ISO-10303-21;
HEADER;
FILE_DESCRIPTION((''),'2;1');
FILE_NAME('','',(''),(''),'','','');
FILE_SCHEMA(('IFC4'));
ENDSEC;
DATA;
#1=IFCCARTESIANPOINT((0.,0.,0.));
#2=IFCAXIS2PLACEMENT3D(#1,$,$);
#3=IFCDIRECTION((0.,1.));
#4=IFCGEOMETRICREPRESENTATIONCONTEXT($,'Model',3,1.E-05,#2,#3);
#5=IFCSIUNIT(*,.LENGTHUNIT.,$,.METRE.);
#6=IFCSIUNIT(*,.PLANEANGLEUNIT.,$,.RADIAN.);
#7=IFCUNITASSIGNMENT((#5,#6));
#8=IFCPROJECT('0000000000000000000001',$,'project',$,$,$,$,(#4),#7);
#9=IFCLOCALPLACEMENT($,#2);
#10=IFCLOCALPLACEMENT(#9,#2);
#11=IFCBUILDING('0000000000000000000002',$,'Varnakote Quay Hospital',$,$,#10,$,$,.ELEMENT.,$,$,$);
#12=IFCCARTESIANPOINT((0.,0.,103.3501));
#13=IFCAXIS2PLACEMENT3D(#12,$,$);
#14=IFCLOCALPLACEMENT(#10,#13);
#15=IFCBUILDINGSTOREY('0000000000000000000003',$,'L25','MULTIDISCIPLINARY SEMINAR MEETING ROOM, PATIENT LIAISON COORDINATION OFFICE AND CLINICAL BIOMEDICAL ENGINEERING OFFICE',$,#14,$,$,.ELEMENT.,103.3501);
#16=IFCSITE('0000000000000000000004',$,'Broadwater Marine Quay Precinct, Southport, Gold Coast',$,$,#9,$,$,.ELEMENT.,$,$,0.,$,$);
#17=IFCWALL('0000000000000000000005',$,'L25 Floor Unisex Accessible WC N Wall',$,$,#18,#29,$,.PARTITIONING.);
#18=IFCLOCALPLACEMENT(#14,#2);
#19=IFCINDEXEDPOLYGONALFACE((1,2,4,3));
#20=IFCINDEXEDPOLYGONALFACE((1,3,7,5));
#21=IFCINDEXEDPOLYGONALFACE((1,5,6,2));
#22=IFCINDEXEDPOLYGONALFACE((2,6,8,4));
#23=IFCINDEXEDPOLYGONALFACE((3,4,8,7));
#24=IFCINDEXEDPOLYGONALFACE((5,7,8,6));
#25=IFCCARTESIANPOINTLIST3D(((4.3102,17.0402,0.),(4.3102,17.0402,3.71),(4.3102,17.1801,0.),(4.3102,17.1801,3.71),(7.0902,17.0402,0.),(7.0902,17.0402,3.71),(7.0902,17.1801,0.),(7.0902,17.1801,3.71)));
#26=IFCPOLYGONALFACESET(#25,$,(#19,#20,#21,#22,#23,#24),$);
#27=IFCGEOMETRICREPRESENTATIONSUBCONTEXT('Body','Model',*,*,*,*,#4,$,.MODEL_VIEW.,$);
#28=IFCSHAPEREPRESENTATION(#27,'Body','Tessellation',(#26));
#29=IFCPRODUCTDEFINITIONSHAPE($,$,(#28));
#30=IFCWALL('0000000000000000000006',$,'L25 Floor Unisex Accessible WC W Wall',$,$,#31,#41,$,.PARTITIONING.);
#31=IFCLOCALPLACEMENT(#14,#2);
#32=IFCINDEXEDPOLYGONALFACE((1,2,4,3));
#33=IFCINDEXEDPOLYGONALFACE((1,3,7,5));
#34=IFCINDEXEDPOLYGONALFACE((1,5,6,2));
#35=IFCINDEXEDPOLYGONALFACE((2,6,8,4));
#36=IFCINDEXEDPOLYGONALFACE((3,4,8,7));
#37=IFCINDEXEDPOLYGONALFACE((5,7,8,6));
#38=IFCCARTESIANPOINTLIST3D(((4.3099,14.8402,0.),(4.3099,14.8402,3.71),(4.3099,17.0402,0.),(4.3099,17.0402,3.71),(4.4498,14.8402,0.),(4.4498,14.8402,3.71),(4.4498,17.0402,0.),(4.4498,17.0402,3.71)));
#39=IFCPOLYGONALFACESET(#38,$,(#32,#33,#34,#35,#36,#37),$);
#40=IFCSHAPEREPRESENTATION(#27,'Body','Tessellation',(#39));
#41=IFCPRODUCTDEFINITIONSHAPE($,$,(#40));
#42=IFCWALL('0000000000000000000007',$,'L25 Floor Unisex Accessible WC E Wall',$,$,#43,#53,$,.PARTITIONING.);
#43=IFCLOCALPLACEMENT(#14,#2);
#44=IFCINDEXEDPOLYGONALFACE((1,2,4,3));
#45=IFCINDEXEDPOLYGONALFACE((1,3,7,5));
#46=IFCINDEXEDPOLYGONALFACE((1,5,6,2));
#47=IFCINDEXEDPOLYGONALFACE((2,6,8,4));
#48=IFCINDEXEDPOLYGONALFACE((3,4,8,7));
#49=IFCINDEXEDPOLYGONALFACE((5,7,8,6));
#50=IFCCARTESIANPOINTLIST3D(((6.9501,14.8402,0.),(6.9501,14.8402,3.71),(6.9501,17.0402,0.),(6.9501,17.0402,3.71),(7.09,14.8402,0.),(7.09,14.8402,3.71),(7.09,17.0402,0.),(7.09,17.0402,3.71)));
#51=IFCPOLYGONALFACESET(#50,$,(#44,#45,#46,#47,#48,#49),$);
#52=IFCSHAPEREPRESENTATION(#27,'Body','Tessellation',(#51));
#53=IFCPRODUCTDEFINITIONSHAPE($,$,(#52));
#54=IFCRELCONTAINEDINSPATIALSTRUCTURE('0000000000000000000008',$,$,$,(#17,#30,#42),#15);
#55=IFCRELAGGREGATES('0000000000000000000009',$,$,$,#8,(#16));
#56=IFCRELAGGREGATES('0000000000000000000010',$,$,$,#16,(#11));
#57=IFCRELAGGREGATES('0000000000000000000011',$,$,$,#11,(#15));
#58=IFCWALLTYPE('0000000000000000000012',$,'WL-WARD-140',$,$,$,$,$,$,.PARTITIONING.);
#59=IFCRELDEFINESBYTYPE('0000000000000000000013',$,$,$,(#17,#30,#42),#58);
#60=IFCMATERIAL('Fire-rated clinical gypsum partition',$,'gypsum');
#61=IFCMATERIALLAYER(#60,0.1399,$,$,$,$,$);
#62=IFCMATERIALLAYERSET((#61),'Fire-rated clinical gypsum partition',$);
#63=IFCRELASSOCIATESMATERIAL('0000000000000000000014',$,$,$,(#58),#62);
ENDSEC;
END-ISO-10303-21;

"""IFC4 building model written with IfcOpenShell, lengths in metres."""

from ifc_helpers import new_model, si_unit, direction, frame, frame_2d, origin, place, context, subcontext, project, spatial, rectangle, extrude, material, layer, layer_set, type_object, element, save


model = new_model("IFC4")

# Units and contexts
model_context = context("Model", 3, precision=1e-05, world=origin(), true_north=direction((0.0, 1.0)))
body_context = subcontext(model_context, "Body", "Model", "MODEL_VIEW")
ifc_project = project(units=[si_unit("LENGTHUNIT", "METRE"), si_unit("PLANEANGLEUNIT", "RADIAN")], contexts=[model_context])

# Site, building, storey
site_placement = place(None, origin())
site = spatial("IfcSite", under=ifc_project, at=site_placement, Name="Broadwater Marine Quay Precinct, Southport, Gold Coast", CompositionType="ELEMENT", RefElevation=0.0)
building_placement = place(site_placement, origin())
building = spatial("IfcBuilding", under=site, at=building_placement, Name="Varnakote Quay Hospital", CompositionType="ELEMENT")
storey_placement = place(building_placement, frame((0.0, 0.0, 103.3501)))
storey = spatial("IfcBuildingStorey", under=building, at=storey_placement, Name="L25", Description="MULTIDISCIPLINARY SEMINAR MEETING ROOM, PATIENT LIAISON COORDINATION OFFICE AND CLINICAL BIOMEDICAL ENGINEERING OFFICE", CompositionType="ELEMENT", Elevation=103.3501)

# Shared definitions
ifc_material_1 = material(Name="Fire-rated clinical gypsum partition", Category="gypsum")
ifc_layer_1 = layer(ifc_material_1, 0.1399)
ifc_layer_set_1 = layer_set([ifc_layer_1], Name="Fire-rated clinical gypsum partition")
wall_type_1 = type_object("IfcWallType", Name="WL-WARD-140", PredefinedType="PARTITIONING", material=ifc_layer_set_1)

# Walls
wall_1_placement = place(storey_placement, frame((4.3101, 17.1101, 0.0), z_axis=(0.0, 0.0, 1.0), x_axis=(1.0, 0.0, 0.0)))
element("IfcWall", 1, at=wall_1_placement, inside=storey, type_object=wall_type_1, Name="L25 Floor Unisex Accessible WC N Wall", PredefinedType="PARTITIONING", context=body_context, shape_type="SweptSolid", body=[
    extrude(rectangle(XDim=2.78, YDim=0.1399, at=frame_2d((1.3901, 0.0))), origin(), (0.0, 0.0, 1.0), 3.71),
])
for number, where, z_axis, x_axis, name in (
    (2, (4.3799, 14.8401, 0.0), (0.0, 0.0, 1.0), (0.0, 1.0, 0.0), "L25 Floor Unisex Accessible WC W Wall"),
    (3, (7.02, 14.8401, 0.0), (0.0, 0.0, 1.0), (0.0, 1.0, 0.0), "L25 Floor Unisex Accessible WC E Wall"),
):
    element("IfcWall", number, at=place(storey_placement, frame(where, z_axis=z_axis, x_axis=x_axis)), inside=storey, type_object=wall_type_1, Name=name, PredefinedType="PARTITIONING", context=body_context, shape_type="SweptSolid", body=[
        extrude(rectangle(XDim=2.2, YDim=0.1399, at=frame_2d((1.1001, 0.0))), origin(), (0.0, 0.0, 1.0), 3.71),
    ])

save(model, "model.ifc")
